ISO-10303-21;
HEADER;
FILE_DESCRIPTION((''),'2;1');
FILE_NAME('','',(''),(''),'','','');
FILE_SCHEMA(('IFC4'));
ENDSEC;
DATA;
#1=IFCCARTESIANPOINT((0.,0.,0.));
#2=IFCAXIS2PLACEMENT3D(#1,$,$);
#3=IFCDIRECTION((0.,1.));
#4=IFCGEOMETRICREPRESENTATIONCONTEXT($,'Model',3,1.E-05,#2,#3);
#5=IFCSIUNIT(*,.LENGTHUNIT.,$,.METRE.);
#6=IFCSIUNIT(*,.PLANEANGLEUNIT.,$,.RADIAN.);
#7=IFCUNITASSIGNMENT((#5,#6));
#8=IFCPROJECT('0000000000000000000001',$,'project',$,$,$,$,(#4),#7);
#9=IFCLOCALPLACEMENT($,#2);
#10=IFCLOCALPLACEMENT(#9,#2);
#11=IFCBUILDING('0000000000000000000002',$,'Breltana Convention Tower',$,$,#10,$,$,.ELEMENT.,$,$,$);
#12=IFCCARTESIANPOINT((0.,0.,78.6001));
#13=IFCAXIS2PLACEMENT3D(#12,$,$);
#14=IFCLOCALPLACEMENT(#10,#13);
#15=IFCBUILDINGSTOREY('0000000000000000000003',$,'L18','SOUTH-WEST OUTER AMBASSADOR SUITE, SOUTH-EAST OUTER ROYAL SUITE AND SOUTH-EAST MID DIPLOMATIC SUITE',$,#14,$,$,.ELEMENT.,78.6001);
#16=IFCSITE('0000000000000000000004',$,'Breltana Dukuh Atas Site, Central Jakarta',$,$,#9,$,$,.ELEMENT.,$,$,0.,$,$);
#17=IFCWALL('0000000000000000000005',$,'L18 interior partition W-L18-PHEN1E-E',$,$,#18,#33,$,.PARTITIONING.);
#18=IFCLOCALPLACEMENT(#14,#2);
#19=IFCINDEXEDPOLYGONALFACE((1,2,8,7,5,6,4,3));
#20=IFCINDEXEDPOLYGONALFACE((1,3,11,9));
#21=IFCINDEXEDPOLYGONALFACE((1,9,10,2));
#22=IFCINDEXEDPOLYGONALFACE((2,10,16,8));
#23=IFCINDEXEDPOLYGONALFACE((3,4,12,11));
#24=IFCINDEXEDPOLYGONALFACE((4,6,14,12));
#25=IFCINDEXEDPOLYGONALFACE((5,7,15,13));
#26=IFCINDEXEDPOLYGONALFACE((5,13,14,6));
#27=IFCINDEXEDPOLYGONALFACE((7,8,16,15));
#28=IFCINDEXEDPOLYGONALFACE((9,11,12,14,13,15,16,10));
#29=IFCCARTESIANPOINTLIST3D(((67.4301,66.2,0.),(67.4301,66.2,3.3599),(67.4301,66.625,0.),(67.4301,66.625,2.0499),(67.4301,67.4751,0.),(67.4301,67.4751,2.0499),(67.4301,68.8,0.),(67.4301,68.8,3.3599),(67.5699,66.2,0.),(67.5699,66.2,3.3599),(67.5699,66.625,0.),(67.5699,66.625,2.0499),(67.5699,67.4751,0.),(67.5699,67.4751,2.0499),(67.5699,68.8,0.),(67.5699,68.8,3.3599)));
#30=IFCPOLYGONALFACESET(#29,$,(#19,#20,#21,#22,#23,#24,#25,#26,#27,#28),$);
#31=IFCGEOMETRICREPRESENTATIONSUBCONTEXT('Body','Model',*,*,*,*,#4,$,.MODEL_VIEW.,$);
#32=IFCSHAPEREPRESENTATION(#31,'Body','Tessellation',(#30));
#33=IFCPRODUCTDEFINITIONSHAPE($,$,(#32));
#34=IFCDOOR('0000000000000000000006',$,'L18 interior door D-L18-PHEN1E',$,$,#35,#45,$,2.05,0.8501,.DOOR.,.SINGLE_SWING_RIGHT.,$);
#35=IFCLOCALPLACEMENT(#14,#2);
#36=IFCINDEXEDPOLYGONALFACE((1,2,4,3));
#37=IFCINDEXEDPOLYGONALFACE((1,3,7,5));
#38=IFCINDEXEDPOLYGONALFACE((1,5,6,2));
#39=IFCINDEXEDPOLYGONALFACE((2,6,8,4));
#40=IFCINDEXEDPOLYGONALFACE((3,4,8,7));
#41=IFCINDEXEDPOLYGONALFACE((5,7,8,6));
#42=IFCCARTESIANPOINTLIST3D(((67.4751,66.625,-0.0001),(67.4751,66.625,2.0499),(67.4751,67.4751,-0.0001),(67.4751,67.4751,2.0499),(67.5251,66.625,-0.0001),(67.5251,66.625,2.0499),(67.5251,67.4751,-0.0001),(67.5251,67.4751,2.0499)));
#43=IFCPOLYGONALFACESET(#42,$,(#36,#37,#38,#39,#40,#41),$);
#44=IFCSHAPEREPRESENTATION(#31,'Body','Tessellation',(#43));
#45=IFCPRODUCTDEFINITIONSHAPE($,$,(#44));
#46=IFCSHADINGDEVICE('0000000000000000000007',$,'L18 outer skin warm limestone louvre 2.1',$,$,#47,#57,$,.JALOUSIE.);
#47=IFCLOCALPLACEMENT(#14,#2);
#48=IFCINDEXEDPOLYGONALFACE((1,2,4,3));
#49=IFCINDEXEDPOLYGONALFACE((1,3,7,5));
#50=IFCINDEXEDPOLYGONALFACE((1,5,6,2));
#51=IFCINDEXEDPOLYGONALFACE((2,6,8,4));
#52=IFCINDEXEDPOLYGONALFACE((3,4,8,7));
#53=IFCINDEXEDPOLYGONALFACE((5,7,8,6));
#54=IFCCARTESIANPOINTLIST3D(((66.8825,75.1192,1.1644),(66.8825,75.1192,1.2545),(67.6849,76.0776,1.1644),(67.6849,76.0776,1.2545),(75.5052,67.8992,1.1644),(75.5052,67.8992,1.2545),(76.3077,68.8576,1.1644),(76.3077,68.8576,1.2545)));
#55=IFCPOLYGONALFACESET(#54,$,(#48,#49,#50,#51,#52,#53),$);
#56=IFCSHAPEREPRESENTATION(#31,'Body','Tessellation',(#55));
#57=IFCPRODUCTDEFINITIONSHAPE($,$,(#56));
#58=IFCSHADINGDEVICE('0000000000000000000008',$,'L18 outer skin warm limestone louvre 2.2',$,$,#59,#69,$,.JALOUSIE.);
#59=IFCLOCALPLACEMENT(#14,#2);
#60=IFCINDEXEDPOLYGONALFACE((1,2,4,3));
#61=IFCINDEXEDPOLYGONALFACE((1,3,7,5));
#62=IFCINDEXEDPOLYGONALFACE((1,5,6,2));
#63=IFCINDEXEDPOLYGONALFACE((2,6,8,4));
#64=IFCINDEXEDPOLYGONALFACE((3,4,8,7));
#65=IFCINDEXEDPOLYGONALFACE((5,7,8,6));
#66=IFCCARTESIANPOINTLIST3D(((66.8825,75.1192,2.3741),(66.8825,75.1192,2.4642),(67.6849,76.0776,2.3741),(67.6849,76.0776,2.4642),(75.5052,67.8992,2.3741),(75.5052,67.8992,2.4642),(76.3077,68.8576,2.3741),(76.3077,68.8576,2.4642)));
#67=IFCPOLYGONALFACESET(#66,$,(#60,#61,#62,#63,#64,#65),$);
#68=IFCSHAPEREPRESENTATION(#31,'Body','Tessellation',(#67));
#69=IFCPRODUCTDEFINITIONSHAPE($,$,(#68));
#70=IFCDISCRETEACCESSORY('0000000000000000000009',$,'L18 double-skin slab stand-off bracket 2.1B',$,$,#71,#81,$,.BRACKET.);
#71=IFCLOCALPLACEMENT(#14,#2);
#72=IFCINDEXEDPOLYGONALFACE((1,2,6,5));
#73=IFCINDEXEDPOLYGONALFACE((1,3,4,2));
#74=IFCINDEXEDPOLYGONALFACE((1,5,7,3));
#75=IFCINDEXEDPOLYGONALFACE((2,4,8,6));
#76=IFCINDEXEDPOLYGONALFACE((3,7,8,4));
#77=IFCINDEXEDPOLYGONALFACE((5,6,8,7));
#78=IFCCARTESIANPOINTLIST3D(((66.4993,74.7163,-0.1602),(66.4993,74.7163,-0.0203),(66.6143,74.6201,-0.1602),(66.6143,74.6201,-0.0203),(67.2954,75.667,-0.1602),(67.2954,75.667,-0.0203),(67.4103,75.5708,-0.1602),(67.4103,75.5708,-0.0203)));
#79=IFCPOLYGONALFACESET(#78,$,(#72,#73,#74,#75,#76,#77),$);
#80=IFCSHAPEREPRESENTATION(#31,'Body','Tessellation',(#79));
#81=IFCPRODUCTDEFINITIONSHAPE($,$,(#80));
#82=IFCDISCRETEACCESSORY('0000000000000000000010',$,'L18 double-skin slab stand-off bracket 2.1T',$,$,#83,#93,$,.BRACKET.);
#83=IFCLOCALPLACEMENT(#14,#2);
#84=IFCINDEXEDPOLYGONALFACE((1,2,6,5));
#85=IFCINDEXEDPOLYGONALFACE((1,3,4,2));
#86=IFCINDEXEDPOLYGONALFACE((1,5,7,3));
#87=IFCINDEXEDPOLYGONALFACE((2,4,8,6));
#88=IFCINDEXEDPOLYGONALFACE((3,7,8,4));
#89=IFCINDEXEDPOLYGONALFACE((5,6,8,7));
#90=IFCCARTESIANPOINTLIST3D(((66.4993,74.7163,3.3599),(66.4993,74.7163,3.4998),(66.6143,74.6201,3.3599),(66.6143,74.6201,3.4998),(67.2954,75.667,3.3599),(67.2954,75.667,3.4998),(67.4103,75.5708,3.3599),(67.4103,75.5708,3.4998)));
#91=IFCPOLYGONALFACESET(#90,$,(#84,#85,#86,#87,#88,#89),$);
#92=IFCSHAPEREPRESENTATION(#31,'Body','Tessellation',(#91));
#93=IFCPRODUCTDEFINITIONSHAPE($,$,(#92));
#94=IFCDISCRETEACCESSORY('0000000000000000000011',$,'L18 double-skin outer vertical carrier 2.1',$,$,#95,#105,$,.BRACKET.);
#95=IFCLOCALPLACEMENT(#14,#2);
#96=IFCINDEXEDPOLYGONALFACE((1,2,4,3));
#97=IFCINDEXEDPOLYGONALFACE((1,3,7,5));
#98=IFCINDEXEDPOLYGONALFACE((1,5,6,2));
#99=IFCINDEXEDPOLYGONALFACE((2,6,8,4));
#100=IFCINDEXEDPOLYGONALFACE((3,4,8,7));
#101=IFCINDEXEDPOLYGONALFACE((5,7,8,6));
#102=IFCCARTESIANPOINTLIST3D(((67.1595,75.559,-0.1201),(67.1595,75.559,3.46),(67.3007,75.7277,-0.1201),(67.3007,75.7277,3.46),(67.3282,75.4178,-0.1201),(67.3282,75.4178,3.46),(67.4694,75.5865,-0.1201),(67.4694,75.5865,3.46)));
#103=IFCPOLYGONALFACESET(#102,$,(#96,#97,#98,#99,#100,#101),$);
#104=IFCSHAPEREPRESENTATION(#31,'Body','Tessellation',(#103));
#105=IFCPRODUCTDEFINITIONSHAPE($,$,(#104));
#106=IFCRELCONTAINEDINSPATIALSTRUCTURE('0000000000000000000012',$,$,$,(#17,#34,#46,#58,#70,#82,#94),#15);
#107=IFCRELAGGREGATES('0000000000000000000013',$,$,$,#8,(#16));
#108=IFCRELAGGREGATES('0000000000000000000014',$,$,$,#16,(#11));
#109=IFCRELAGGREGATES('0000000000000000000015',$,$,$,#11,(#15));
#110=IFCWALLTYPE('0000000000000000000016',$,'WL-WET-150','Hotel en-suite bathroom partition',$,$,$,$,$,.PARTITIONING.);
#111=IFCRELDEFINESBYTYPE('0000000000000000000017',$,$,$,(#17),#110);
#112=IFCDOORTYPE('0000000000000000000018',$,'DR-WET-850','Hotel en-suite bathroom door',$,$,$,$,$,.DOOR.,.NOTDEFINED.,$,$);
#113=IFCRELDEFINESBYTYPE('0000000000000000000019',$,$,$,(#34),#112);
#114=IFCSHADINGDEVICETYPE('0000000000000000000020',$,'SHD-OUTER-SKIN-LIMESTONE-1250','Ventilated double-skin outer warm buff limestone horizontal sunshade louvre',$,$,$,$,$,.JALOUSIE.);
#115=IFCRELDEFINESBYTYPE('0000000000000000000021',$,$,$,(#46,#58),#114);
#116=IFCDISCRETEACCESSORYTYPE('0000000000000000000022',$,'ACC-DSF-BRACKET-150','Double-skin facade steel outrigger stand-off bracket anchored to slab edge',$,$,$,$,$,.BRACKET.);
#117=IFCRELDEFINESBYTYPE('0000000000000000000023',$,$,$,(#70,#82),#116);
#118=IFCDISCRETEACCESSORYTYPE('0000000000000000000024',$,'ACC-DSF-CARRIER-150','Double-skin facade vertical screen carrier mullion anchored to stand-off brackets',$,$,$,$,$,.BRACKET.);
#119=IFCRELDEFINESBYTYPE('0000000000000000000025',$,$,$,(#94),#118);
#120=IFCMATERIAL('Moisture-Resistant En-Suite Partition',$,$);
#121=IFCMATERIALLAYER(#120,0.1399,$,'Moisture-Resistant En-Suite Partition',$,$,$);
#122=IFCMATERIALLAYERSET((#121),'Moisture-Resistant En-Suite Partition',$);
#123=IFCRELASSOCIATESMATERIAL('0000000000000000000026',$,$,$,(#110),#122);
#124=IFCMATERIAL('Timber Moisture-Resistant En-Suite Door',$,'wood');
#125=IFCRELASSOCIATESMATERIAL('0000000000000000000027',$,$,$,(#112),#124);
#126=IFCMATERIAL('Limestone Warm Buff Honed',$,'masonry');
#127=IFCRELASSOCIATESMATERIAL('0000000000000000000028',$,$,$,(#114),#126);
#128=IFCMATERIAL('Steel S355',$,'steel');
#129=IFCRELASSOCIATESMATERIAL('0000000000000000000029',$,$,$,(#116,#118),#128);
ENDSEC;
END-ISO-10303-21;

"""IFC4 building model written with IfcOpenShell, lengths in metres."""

from ifc_helpers import new_model, si_unit, direction, frame, frame_2d, origin, origin_2d, place, context, subcontext, project, spatial, rectangle, extrude, source, transform, mapped, material, layer, layer_set, material_profile, profile_set, type_object, type_shapes, element, fill, save


model = new_model("IFC4")

# Units and contexts
model_context = context("Model", 3, precision=1e-05, world=origin(), true_north=direction((0.0, 1.0)))
body_context = subcontext(model_context, "Body", "Model", "MODEL_VIEW")
ifc_project = project(units=[si_unit("LENGTHUNIT", "METRE"), si_unit("PLANEANGLEUNIT", "RADIAN")], contexts=[model_context])

# Site, building, storey
site_placement = place(None, origin())
site = spatial("IfcSite", under=ifc_project, at=site_placement, Name="Breltana Dukuh Atas Site, Central Jakarta", CompositionType="ELEMENT", RefElevation=0.0)
building_placement = place(site_placement, origin())
building = spatial("IfcBuilding", under=site, at=building_placement, Name="Breltana Convention Tower", CompositionType="ELEMENT")
storey_placement = place(building_placement, frame((0.0, 0.0, 78.6001)))
storey = spatial("IfcBuildingStorey", under=building, at=storey_placement, Name="L18", Description="SOUTH-WEST OUTER AMBASSADOR SUITE, SOUTH-EAST OUTER ROYAL SUITE AND SOUTH-EAST MID DIPLOMATIC SUITE", CompositionType="ELEMENT", Elevation=78.6001)

# Shared definitions
ifc_material_1 = material(Name="Moisture-Resistant En-Suite Partition")
ifc_layer_1 = layer(ifc_material_1, 0.1399, Name="Moisture-Resistant En-Suite Partition")
ifc_layer_set_1 = layer_set([ifc_layer_1], Name="Moisture-Resistant En-Suite Partition")
wall_type_1 = type_object("IfcWallType", Name="WL-WET-150", Description="Hotel en-suite bathroom partition", PredefinedType="PARTITIONING", material=ifc_layer_set_1)
shared_shape_1 = source(origin(), body_context, "Body", "SweptSolid", [
    extrude(rectangle(XDim=2.6001, YDim=0.1399, at=frame_2d((1.3, 0.0))), origin(), (0.0, 0.0, 1.0), 3.3599),
])

# Wall, opening, door
wall_1_placement = place(storey_placement, frame((67.5, 66.2, 0.0), z_axis=(0.0, 0.0, 1.0), x_axis=(0.0, 1.0, 0.0)))
wall_1 = element("IfcWall", 1, at=wall_1_placement, inside=storey, type_object=wall_type_1, Name="L18 interior partition W-L18-PHEN1E-E", PredefinedType="PARTITIONING", context=body_context, shape_type="MappedRepresentation", body=[
    mapped(shared_shape_1, transform((0.0, 0.0, 0.0), scale=1.0)),
])
opening_1_placement = place(wall_1_placement, frame((0.425, 0.0, 0.0)))
opening_1 = element("IfcOpeningElement", 2, at=opening_1_placement, cuts=wall_1, PredefinedType="OPENING", context=body_context, shape_type="SweptSolid", body=[
    extrude(rectangle(XDim=0.8501, YDim=2.05, at=frame_2d((0.425, 1.0249))), frame((0.0, 0.0801, 0.0), z_axis=(0.0, -1.0, 0.0), x_axis=(1.0, 0.0, 0.0)), (0.0, 0.0, 1.0), 0.1599),
])
ifc_material_2 = material(Name="Timber Moisture-Resistant En-Suite Door", Category="wood")
door_type_1 = type_object("IfcDoorType", Name="DR-WET-850", Description="Hotel en-suite bathroom door", OperationType="NOTDEFINED", PredefinedType="DOOR", material=ifc_material_2)
shared_shape_2 = source(origin(), body_context, "Body", "SweptSolid", [
    extrude(rectangle(XDim=0.8501, YDim=2.05, at=frame_2d((0.425, 1.0249))), frame((0.0, 0.0249, 0.0), z_axis=(0.0, -1.0, 0.0), x_axis=(1.0, 0.0, 0.0)), (0.0, 0.0, 1.0), 0.05),
])
type_shapes(door_type_1, [shared_shape_2])
door_1_placement = place(opening_1_placement, origin())
door_1 = element("IfcDoor", 3, at=door_1_placement, inside=storey, type_object=door_type_1, Name="L18 interior door D-L18-PHEN1E", OperationType="SINGLE_SWING_RIGHT", OverallHeight=2.05, OverallWidth=0.8501, PredefinedType="DOOR", context=body_context, shape_type="MappedRepresentation", body=[
    mapped(shared_shape_2, transform((0.0, 0.0, 0.0), scale=1.0)),
])
fill(opening_1, door_1)

# Shading devices
ifc_material_3 = material(Name="Limestone Warm Buff Honed", Category="masonry")
ifc_material_profile_1 = material_profile(ifc_material_3, rectangle(XDim=1.25, YDim=0.0901, at=origin_2d()), Name="STN-LVR-1250X90")
ifc_profile_set_1 = profile_set([ifc_material_profile_1], Name="Limestone Warm Buff Honed")
shading_device_type = type_object("IfcShadingDeviceType", Name="SHD-OUTER-SKIN-LIMESTONE-1250", Description="Ventilated double-skin outer warm buff limestone horizontal sunshade louvre", PredefinedType="JALOUSIE", material=ifc_profile_set_1)
shared_shape_3 = source(origin(), body_context, "Body", "SweptSolid", [
    extrude(rectangle(XDim=1.25, YDim=0.0901, at=origin_2d()), origin(), (0.0, 0.0, 1.0), 11.2463),
])
for number, where, z_axis, x_axis, name in (
    (4, (67.2837, 75.5984, 1.2095), (0.766719, -0.641983, 0.0), (0.641983, 0.766719, 0.0), "L18 outer skin warm limestone louvre 2.1"),
    (5, (67.2837, 75.5984, 2.4192), (0.766719, -0.641983, 0.0), (0.641983, 0.766719, 0.0), "L18 outer skin warm limestone louvre 2.2"),
):
    element("IfcShadingDevice", number, at=place(storey_placement, frame(where, z_axis=z_axis, x_axis=x_axis)), inside=storey, type_object=shading_device_type, Name=name, PredefinedType="JALOUSIE", context=body_context, shape_type="MappedRepresentation", body=[
        mapped(shared_shape_3, transform((0.0, 0.0, 0.0), scale=1.0)),
    ])

# Discrete accessories
ifc_material_4 = material(Name="Steel S355", Category="steel")
discrete_accessory_type_1 = type_object("IfcDiscreteAccessoryType", Name="ACC-DSF-BRACKET-150", Description="Double-skin facade steel outrigger stand-off bracket anchored to slab edge", PredefinedType="BRACKET", material=ifc_material_4)
shared_shape_4 = source(origin(), body_context, "Body", "SweptSolid", [
    extrude(rectangle(XDim=1.24, YDim=0.1499, at=origin_2d()), origin(), (0.0, 0.0, 1.0), 0.1399),
])
type_shapes(discrete_accessory_type_1, [shared_shape_4])
for number, where, z_axis, x_axis, name in (
    (6, (66.9548, 75.1436, -0.1602), (0.0, 0.0, 1.0), (0.64199, 0.766713, 0.0), "L18 double-skin slab stand-off bracket 2.1B"),
    (7, (66.9548, 75.1436, 3.3599), (0.0, 0.0, 1.0), (0.64199, 0.766713, 0.0), "L18 double-skin slab stand-off bracket 2.1T"),
):
    element("IfcDiscreteAccessory", number, at=place(storey_placement, frame(where, z_axis=z_axis, x_axis=x_axis)), inside=storey, type_object=discrete_accessory_type_1, Name=name, PredefinedType="BRACKET", context=body_context, shape_type="MappedRepresentation", body=[
        mapped(shared_shape_4, transform((0.0, 0.0, 0.0), scale=1.0)),
    ])
discrete_accessory_type_2 = type_object("IfcDiscreteAccessoryType", Name="ACC-DSF-CARRIER-150", Description="Double-skin facade vertical screen carrier mullion anchored to stand-off brackets", PredefinedType="BRACKET", material=ifc_material_4)
shared_shape_5 = source(origin(), body_context, "Body", "SweptSolid", [
    extrude(rectangle(XDim=0.22, YDim=0.22, at=origin_2d()), origin(), (0.0, 0.0, 1.0), 3.5801),
])
discrete_accessory_placement = place(storey_placement, frame((67.3145, 75.5728, -0.1201), z_axis=(0.0, 0.0, 1.0), x_axis=(0.64199, 0.766713, 0.0)))
element("IfcDiscreteAccessory", 8, at=discrete_accessory_placement, inside=storey, type_object=discrete_accessory_type_2, Name="L18 double-skin outer vertical carrier 2.1", PredefinedType="BRACKET", context=body_context, shape_type="MappedRepresentation", body=[
    mapped(shared_shape_5, transform((0.0, 0.0, 0.0), scale=1.0)),
])

save(model, "model.ifc")
